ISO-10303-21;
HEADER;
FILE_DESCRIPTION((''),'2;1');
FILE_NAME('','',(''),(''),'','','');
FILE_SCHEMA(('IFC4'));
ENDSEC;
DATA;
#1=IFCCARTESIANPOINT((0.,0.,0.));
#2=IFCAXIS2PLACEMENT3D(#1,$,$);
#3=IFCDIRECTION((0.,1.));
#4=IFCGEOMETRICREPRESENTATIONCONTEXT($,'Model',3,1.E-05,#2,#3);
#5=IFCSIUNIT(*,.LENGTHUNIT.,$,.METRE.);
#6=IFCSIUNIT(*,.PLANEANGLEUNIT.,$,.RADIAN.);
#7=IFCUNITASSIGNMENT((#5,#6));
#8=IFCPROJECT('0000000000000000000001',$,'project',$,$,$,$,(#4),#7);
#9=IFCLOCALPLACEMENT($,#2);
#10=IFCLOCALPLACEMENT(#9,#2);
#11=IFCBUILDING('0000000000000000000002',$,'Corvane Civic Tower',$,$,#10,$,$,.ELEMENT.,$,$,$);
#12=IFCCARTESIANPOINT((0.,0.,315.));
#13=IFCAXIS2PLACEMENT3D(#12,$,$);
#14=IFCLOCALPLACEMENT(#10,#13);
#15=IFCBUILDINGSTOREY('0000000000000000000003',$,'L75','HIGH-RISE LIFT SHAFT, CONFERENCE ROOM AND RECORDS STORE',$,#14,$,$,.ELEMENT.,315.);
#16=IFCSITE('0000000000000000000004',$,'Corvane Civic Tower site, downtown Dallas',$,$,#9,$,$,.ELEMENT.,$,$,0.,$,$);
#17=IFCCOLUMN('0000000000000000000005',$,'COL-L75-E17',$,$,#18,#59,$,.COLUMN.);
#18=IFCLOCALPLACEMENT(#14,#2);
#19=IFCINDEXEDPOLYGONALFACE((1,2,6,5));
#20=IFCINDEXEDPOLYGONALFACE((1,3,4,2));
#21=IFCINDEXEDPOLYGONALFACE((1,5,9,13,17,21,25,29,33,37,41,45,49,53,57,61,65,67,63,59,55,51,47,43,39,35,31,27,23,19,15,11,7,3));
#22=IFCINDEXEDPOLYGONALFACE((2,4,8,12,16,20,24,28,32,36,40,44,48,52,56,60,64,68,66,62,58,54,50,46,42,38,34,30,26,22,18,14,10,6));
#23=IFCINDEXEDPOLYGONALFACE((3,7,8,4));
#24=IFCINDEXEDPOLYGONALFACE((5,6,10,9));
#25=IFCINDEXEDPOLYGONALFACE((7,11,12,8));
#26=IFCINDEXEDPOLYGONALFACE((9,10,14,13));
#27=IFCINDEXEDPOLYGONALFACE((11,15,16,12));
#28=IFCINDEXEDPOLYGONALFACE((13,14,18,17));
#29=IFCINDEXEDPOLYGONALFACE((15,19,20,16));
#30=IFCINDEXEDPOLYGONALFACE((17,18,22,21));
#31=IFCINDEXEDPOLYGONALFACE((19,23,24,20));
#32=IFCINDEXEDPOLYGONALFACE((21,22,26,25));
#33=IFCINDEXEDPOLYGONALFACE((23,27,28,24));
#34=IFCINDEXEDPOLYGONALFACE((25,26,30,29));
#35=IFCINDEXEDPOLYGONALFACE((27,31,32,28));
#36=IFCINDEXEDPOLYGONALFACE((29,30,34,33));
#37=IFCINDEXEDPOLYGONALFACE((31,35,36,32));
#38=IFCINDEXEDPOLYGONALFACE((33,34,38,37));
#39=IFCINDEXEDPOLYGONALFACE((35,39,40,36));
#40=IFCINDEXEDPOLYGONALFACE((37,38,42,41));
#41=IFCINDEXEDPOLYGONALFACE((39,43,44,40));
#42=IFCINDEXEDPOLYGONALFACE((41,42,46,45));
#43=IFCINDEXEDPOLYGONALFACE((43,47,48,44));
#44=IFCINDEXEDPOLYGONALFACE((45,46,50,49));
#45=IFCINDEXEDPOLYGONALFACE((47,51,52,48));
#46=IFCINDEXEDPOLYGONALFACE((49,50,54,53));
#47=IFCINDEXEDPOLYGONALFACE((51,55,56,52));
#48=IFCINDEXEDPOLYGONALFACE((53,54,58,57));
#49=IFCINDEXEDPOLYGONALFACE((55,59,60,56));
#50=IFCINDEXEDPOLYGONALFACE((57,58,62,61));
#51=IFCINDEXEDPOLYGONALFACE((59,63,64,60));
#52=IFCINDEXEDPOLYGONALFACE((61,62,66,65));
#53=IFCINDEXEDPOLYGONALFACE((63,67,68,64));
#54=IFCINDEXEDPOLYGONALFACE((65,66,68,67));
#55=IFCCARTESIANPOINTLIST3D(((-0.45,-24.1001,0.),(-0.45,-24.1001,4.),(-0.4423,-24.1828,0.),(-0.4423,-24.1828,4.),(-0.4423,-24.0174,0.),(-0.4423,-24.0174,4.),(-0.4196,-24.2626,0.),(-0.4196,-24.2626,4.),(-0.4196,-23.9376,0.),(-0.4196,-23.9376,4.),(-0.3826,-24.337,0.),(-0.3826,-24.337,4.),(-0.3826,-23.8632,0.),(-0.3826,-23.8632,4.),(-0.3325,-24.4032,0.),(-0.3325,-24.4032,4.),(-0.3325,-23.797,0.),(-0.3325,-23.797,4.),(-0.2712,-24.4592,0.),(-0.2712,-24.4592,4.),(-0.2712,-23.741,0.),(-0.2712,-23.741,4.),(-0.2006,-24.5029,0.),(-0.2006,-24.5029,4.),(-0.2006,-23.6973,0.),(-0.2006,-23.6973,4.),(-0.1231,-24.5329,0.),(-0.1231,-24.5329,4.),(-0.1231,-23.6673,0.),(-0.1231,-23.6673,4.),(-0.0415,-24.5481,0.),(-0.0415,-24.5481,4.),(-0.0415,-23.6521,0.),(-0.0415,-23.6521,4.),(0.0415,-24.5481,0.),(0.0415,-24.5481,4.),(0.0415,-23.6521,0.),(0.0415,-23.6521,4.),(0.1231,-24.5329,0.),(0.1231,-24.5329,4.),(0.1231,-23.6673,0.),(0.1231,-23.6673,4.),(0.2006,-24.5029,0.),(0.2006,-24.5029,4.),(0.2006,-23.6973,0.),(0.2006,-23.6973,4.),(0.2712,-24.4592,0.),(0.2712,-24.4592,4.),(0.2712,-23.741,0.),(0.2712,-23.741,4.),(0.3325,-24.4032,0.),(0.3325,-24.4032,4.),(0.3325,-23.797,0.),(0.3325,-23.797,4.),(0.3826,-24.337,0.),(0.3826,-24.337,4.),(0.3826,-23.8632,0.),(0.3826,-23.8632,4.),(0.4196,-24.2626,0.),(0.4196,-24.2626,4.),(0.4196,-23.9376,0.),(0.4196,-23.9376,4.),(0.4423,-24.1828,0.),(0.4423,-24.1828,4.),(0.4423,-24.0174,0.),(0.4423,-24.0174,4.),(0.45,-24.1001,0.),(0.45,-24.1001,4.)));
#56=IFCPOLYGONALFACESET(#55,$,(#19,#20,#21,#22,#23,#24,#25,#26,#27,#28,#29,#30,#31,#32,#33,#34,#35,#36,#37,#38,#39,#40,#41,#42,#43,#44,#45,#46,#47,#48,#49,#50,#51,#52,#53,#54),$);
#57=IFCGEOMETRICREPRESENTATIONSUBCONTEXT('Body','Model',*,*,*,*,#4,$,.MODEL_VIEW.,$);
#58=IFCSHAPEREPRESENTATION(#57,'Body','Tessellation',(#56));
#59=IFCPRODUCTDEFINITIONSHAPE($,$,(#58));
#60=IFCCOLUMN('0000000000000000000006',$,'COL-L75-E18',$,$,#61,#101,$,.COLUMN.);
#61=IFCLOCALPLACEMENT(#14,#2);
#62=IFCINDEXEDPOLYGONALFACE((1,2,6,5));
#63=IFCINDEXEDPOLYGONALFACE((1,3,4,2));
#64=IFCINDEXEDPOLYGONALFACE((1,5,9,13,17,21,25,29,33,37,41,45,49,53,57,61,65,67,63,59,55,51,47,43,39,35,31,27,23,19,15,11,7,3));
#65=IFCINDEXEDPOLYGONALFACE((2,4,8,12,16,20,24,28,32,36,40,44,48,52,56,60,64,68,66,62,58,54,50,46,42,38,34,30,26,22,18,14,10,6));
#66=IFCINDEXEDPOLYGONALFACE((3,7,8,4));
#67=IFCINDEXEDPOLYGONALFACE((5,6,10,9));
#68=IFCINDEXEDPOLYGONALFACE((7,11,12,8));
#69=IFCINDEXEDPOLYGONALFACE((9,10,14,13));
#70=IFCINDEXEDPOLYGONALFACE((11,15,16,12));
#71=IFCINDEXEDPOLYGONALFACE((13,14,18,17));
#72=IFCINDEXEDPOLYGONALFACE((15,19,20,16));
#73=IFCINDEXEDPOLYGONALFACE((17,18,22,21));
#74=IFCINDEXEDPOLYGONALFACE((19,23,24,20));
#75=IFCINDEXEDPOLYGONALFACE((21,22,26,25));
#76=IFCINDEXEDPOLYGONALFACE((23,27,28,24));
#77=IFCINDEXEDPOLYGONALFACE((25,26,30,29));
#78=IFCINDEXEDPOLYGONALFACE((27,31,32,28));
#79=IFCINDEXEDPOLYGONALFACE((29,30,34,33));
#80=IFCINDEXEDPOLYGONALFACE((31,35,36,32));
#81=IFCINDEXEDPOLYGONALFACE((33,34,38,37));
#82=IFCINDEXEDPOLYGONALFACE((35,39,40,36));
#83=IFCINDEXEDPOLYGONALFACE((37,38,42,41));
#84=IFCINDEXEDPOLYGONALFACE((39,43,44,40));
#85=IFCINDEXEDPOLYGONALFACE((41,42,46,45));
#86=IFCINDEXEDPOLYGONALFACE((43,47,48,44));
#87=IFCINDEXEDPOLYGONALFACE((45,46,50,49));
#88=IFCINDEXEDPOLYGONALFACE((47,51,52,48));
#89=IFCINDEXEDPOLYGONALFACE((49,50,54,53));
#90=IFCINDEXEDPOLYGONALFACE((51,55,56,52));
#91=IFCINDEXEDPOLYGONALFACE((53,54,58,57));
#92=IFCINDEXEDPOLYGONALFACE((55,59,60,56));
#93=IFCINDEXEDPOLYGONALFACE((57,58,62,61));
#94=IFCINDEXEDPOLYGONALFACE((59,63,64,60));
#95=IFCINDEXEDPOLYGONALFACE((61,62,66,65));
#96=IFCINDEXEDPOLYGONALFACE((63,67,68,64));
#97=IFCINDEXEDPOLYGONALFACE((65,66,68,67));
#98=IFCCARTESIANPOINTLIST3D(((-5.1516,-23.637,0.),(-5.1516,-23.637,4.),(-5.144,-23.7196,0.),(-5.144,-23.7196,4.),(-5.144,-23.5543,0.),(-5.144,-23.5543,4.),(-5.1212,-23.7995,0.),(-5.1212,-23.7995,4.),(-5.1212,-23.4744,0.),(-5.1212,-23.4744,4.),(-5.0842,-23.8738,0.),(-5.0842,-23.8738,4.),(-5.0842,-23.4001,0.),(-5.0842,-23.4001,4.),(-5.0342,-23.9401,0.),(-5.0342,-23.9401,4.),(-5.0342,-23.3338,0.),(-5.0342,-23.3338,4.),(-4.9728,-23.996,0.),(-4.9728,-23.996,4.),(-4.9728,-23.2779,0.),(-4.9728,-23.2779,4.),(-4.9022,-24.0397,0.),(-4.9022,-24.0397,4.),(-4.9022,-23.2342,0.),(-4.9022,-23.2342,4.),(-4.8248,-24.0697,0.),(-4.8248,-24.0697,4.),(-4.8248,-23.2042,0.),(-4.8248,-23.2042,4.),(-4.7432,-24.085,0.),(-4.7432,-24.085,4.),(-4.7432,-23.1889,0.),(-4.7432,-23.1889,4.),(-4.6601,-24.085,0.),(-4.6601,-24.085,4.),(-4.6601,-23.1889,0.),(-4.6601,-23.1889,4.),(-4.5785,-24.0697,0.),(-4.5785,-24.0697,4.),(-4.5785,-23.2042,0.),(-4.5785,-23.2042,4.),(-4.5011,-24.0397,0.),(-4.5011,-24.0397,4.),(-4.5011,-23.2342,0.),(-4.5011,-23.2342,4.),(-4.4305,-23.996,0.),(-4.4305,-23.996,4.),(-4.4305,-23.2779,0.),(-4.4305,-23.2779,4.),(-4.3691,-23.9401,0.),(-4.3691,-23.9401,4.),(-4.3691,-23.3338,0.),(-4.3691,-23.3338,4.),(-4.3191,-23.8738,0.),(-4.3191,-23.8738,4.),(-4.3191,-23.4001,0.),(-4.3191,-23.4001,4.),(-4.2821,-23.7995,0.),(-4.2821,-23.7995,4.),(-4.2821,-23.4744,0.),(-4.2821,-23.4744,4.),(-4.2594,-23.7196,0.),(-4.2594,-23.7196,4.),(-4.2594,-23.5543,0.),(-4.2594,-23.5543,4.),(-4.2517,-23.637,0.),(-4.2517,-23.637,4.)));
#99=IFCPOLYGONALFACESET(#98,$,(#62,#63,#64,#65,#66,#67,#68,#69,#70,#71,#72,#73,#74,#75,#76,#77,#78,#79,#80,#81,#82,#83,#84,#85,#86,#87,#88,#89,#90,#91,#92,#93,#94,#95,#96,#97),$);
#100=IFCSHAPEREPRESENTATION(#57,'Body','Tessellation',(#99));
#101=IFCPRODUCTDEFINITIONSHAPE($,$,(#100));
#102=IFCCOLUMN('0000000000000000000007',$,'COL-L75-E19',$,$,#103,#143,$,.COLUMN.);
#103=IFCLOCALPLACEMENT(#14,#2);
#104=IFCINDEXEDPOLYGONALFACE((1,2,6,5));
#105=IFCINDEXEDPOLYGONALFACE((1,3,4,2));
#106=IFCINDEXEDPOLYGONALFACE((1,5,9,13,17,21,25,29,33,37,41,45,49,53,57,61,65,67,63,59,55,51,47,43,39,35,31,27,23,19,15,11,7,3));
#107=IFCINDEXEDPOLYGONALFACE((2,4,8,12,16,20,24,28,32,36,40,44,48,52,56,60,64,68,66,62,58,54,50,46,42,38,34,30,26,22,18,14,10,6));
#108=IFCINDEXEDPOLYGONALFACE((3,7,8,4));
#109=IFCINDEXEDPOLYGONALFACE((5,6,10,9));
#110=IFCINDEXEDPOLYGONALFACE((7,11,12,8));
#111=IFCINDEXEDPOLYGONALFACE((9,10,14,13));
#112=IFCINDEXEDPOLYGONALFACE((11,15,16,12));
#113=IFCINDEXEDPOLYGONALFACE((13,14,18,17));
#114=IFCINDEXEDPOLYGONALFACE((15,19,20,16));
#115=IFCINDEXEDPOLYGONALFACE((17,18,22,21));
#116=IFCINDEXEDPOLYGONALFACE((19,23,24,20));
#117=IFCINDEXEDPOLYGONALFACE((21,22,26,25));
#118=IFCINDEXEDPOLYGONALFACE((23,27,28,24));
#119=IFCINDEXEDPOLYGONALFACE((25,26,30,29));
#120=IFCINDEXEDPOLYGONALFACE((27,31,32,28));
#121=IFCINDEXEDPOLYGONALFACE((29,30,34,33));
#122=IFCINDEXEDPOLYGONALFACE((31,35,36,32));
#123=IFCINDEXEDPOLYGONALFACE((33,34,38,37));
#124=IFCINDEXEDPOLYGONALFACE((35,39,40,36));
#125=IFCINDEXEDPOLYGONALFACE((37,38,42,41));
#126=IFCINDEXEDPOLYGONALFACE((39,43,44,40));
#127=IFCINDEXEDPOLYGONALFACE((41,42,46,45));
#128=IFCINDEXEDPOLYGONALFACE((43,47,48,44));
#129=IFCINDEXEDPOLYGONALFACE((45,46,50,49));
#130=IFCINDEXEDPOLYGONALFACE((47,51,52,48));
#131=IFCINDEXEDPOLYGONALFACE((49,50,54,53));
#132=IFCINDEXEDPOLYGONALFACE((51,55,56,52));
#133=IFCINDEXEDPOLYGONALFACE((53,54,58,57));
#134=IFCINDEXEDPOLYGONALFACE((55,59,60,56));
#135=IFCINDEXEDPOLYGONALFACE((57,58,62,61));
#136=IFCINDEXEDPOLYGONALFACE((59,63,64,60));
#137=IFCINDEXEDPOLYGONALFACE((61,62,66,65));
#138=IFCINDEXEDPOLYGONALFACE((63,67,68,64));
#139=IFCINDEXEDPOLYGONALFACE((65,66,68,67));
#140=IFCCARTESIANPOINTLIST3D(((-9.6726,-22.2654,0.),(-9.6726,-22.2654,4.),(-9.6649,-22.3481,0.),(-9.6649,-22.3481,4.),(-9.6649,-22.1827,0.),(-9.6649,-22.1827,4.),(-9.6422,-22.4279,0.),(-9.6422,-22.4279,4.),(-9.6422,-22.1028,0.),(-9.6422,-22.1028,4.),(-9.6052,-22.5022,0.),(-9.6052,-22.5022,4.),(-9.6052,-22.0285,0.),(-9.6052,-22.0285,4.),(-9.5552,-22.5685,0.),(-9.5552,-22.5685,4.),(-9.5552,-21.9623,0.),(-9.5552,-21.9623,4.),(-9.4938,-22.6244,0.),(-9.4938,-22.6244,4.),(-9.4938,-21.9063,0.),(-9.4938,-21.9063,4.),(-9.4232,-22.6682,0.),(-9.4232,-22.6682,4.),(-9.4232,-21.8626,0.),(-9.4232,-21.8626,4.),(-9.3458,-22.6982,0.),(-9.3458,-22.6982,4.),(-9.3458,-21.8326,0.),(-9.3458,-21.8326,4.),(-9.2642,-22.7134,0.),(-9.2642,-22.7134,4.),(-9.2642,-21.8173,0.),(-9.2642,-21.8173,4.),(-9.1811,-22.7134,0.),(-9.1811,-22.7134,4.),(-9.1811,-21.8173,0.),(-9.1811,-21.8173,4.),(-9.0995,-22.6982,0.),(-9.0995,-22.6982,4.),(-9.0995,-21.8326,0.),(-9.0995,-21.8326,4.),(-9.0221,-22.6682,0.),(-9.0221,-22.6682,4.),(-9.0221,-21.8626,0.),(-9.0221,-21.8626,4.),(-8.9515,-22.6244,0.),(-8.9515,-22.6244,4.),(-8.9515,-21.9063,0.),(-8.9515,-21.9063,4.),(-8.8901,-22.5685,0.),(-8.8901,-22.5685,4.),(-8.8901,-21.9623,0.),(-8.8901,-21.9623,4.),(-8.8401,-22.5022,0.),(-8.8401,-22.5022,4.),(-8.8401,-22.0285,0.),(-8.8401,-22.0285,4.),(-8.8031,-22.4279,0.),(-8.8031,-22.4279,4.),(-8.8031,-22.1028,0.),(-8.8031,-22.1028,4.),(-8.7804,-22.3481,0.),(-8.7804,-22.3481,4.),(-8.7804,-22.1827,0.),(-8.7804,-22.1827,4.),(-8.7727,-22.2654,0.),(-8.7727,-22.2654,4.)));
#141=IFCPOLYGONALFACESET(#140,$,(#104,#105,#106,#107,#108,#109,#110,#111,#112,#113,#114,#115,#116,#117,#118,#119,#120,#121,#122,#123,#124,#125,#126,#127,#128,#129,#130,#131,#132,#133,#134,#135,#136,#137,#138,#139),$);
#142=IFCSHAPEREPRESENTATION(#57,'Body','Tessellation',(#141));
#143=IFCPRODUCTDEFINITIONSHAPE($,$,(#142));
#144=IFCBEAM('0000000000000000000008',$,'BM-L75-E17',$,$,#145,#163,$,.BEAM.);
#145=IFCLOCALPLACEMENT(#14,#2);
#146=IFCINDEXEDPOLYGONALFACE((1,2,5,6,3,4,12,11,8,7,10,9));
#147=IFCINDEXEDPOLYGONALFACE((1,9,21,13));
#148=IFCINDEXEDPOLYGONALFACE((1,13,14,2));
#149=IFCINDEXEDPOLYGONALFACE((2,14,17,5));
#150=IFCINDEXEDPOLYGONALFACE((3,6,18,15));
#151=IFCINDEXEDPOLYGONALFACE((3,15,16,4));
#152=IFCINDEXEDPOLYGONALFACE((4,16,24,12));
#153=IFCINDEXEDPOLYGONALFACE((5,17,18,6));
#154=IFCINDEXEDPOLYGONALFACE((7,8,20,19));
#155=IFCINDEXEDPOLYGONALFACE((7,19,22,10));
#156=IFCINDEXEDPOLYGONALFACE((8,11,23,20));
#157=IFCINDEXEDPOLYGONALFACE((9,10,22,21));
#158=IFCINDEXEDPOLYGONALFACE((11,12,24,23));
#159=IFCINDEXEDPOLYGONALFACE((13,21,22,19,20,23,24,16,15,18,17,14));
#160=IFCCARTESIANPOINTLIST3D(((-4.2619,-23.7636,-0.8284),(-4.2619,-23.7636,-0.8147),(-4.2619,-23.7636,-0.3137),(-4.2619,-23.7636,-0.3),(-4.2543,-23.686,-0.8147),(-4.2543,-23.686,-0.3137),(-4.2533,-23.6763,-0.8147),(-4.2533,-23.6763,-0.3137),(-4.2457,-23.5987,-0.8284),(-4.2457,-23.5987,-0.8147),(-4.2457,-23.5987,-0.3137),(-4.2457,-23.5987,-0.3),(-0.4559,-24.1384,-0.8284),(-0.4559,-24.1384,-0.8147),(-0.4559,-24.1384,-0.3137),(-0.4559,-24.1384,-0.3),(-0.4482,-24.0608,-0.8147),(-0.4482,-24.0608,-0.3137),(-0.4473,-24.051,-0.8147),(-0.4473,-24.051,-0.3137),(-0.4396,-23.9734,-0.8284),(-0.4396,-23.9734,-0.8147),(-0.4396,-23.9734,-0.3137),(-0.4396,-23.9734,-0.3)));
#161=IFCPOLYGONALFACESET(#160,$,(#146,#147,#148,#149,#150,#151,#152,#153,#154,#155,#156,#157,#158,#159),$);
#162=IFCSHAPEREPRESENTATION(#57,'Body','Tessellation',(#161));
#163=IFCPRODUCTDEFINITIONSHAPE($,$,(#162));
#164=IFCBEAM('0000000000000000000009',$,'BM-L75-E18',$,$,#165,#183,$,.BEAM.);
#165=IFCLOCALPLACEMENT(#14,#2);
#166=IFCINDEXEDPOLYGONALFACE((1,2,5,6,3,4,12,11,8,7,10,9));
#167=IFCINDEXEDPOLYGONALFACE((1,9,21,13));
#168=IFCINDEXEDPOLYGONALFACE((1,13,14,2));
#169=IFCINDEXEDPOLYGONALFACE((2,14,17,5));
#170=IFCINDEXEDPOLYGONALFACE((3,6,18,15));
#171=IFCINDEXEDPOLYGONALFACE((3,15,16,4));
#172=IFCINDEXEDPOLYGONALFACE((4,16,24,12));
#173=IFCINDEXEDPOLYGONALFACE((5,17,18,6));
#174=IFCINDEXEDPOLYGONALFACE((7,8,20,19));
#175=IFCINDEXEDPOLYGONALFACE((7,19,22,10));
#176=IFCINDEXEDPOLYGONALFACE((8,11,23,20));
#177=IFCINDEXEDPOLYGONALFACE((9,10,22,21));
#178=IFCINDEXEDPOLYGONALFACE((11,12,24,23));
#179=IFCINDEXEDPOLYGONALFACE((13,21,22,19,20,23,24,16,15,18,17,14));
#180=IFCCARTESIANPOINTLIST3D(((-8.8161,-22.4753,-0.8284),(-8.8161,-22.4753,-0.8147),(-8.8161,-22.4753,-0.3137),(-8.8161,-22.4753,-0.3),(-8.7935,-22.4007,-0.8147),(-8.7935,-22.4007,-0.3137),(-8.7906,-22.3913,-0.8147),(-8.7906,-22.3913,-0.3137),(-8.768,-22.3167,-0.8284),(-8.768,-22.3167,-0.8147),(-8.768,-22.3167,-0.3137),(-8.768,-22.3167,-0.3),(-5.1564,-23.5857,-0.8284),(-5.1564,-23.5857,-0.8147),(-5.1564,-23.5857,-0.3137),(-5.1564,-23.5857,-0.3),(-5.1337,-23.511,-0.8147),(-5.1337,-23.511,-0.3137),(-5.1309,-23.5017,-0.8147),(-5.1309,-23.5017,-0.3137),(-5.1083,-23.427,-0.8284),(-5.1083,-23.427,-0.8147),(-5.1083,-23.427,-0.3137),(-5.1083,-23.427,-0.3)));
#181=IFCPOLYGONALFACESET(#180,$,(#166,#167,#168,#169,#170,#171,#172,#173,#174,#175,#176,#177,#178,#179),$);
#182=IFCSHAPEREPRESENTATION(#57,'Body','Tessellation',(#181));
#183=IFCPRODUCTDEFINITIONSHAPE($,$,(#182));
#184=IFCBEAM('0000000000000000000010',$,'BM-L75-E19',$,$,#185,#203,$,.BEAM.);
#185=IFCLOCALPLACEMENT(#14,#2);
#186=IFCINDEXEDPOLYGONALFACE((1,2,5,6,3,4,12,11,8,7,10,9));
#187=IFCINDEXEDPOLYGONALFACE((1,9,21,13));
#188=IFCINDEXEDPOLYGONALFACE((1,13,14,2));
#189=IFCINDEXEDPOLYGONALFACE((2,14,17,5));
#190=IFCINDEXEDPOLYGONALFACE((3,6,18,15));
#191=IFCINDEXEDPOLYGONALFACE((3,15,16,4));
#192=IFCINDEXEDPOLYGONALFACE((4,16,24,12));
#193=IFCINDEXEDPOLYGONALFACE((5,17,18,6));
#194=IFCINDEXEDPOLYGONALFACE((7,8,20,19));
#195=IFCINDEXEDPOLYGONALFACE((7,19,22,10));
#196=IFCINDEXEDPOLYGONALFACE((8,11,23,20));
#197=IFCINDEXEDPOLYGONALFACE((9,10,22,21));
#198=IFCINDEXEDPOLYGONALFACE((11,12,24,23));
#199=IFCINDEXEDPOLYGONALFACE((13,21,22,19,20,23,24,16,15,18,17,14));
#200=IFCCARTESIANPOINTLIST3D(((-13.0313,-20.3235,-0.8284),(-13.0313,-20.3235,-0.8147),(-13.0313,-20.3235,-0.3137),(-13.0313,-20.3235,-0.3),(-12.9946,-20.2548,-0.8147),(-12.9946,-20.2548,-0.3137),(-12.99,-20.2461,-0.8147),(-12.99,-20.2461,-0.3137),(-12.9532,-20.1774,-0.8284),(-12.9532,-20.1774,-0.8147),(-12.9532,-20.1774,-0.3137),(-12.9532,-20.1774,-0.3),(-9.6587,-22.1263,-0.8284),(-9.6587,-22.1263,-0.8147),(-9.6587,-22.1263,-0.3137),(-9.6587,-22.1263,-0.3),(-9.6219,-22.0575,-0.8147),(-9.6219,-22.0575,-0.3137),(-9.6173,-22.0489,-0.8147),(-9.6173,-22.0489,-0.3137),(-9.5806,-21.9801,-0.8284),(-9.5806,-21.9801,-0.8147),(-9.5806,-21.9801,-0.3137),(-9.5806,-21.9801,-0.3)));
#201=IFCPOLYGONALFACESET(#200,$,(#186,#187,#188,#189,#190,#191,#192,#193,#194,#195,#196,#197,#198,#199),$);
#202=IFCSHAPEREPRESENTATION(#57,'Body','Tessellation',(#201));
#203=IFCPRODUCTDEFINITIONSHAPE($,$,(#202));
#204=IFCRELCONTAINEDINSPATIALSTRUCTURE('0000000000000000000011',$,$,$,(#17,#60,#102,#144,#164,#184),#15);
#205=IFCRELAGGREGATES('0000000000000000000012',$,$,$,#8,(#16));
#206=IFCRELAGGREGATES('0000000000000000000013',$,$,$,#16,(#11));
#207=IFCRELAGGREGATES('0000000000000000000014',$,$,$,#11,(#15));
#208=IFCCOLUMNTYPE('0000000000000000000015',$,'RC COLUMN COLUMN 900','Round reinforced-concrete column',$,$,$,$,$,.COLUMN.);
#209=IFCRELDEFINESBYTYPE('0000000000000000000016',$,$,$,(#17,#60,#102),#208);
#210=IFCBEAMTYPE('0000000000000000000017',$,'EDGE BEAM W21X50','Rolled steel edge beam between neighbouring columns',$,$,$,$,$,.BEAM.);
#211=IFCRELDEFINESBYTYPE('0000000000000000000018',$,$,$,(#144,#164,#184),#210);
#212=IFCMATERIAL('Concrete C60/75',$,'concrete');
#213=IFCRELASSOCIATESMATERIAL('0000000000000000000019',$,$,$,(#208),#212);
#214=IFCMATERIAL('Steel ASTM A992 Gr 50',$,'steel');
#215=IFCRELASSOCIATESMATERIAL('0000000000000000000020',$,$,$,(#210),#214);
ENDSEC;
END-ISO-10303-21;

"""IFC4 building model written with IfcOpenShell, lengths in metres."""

from ifc_helpers import new_model, si_unit, direction, frame, origin, origin_2d, place, context, subcontext, project, spatial, circle, i_section, extrude, material, material_profile, profile_set, type_object, element, save


model = new_model("IFC4")

# Units and contexts
model_context = context("Model", 3, precision=1e-05, world=origin(), true_north=direction((0.0, 1.0)))
body_context = subcontext(model_context, "Body", "Model", "MODEL_VIEW")
ifc_project = project(units=[si_unit("LENGTHUNIT", "METRE"), si_unit("PLANEANGLEUNIT", "RADIAN")], contexts=[model_context])

# Site, building, storey
site_placement = place(None, origin())
site = spatial("IfcSite", under=ifc_project, at=site_placement, Name="Corvane Civic Tower site, downtown Dallas", CompositionType="ELEMENT", RefElevation=0.0)
building_placement = place(site_placement, origin())
building = spatial("IfcBuilding", under=site, at=building_placement, Name="Corvane Civic Tower", CompositionType="ELEMENT")
storey_placement = place(building_placement, frame((0.0, 0.0, 315.0)))
storey = spatial("IfcBuildingStorey", under=building, at=storey_placement, Name="L75", Description="HIGH-RISE LIFT SHAFT, CONFERENCE ROOM AND RECORDS STORE", CompositionType="ELEMENT", Elevation=315.0)

# Columns
ifc_material_1 = material(Name="Concrete C60/75", Category="concrete")
ifc_material_profile_1 = material_profile(ifc_material_1, circle(Radius=0.45, at=origin_2d()), Name="COLUMN 900")
ifc_profile_set_1 = profile_set([ifc_material_profile_1], Name="Concrete C60/75")
column_type = type_object("IfcColumnType", Name="RC COLUMN COLUMN 900", Description="Round reinforced-concrete column", PredefinedType="COLUMN", material=ifc_profile_set_1)
for number, where, z_axis, x_axis, name in (
    (1, (0.0, -24.1001, 0.0), (0.0, 0.0, 1.0), (1.0, 0.0, 0.0), "COL-L75-E17"),
    (2, (-4.7017, -23.637, 0.0), (0.0, 0.0, 1.0), (1.0, 0.0, 0.0), "COL-L75-E18"),
    (3, (-9.2227, -22.2654, 0.0), (0.0, 0.0, 1.0), (1.0, 0.0, 0.0), "COL-L75-E19"),
):
    element("IfcColumn", number, at=place(storey_placement, frame(where, z_axis=z_axis, x_axis=x_axis)), inside=storey, type_object=column_type, Name=name, PredefinedType="COLUMN", context=body_context, shape_type="SweptSolid", body=[
        extrude(circle(Radius=0.45, at=origin_2d()), origin(), (0.0, 0.0, 1.0), 4.0),
    ])

# Beams
ifc_material_2 = material(Name="Steel ASTM A992 Gr 50", Category="steel")
ifc_material_profile_2 = material_profile(ifc_material_2, i_section(OverallWidth=0.1658, OverallDepth=0.5283, WebThickness=0.0098, FlangeThickness=0.0137, at=origin_2d()), Name="W21X50")
ifc_profile_set_2 = profile_set([ifc_material_profile_2], Name="Steel ASTM A992 Gr 50")
beam_type_1 = type_object("IfcBeamType", Name="EDGE BEAM W21X50", Description="Rolled steel edge beam between neighbouring columns", PredefinedType="BEAM", material=ifc_profile_set_2)
for number, where, z_axis, x_axis, name in (
    (4, (-0.4478, -24.0559, -0.5642), (-0.995188, 0.097987, 0.0), (-0.097987, -0.995188, 0.0), "BM-L75-E17"),
    (5, (-5.1323, -23.5063, -0.5642), (-0.956926, 0.290333, 0.0), (-0.290333, -0.956926, 0.0), "BM-L75-E18"),
):
    element("IfcBeam", number, at=place(storey_placement, frame(where, z_axis=z_axis, x_axis=x_axis)), inside=storey, type_object=beam_type_1, Name=name, PredefinedType="BEAM", context=body_context, shape_type="SweptSolid", body=[
        extrude(i_section(OverallWidth=0.1658, OverallDepth=0.5283, WebThickness=0.0098, FlangeThickness=0.0137, at=origin_2d()), origin(), (0.0, 0.0, 1.0), 3.8245),
    ])
beam_1_placement = place(storey_placement, frame((-9.6196, -22.0532, -0.5642), z_axis=(-0.881914, 0.47141, 0.0), x_axis=(-0.47141, -0.881914, 0.0)))
element("IfcBeam", 6, at=beam_1_placement, inside=storey, type_object=beam_type_1, Name="BM-L75-E19", PredefinedType="BEAM", context=body_context, shape_type="SweptSolid", body=[
    extrude(i_section(OverallWidth=0.1658, OverallDepth=0.5283, WebThickness=0.0098, FlangeThickness=0.0137, at=origin_2d()), origin(), (0.0, 0.0, 1.0), 3.8242),
])

save(model, "model.ifc")
